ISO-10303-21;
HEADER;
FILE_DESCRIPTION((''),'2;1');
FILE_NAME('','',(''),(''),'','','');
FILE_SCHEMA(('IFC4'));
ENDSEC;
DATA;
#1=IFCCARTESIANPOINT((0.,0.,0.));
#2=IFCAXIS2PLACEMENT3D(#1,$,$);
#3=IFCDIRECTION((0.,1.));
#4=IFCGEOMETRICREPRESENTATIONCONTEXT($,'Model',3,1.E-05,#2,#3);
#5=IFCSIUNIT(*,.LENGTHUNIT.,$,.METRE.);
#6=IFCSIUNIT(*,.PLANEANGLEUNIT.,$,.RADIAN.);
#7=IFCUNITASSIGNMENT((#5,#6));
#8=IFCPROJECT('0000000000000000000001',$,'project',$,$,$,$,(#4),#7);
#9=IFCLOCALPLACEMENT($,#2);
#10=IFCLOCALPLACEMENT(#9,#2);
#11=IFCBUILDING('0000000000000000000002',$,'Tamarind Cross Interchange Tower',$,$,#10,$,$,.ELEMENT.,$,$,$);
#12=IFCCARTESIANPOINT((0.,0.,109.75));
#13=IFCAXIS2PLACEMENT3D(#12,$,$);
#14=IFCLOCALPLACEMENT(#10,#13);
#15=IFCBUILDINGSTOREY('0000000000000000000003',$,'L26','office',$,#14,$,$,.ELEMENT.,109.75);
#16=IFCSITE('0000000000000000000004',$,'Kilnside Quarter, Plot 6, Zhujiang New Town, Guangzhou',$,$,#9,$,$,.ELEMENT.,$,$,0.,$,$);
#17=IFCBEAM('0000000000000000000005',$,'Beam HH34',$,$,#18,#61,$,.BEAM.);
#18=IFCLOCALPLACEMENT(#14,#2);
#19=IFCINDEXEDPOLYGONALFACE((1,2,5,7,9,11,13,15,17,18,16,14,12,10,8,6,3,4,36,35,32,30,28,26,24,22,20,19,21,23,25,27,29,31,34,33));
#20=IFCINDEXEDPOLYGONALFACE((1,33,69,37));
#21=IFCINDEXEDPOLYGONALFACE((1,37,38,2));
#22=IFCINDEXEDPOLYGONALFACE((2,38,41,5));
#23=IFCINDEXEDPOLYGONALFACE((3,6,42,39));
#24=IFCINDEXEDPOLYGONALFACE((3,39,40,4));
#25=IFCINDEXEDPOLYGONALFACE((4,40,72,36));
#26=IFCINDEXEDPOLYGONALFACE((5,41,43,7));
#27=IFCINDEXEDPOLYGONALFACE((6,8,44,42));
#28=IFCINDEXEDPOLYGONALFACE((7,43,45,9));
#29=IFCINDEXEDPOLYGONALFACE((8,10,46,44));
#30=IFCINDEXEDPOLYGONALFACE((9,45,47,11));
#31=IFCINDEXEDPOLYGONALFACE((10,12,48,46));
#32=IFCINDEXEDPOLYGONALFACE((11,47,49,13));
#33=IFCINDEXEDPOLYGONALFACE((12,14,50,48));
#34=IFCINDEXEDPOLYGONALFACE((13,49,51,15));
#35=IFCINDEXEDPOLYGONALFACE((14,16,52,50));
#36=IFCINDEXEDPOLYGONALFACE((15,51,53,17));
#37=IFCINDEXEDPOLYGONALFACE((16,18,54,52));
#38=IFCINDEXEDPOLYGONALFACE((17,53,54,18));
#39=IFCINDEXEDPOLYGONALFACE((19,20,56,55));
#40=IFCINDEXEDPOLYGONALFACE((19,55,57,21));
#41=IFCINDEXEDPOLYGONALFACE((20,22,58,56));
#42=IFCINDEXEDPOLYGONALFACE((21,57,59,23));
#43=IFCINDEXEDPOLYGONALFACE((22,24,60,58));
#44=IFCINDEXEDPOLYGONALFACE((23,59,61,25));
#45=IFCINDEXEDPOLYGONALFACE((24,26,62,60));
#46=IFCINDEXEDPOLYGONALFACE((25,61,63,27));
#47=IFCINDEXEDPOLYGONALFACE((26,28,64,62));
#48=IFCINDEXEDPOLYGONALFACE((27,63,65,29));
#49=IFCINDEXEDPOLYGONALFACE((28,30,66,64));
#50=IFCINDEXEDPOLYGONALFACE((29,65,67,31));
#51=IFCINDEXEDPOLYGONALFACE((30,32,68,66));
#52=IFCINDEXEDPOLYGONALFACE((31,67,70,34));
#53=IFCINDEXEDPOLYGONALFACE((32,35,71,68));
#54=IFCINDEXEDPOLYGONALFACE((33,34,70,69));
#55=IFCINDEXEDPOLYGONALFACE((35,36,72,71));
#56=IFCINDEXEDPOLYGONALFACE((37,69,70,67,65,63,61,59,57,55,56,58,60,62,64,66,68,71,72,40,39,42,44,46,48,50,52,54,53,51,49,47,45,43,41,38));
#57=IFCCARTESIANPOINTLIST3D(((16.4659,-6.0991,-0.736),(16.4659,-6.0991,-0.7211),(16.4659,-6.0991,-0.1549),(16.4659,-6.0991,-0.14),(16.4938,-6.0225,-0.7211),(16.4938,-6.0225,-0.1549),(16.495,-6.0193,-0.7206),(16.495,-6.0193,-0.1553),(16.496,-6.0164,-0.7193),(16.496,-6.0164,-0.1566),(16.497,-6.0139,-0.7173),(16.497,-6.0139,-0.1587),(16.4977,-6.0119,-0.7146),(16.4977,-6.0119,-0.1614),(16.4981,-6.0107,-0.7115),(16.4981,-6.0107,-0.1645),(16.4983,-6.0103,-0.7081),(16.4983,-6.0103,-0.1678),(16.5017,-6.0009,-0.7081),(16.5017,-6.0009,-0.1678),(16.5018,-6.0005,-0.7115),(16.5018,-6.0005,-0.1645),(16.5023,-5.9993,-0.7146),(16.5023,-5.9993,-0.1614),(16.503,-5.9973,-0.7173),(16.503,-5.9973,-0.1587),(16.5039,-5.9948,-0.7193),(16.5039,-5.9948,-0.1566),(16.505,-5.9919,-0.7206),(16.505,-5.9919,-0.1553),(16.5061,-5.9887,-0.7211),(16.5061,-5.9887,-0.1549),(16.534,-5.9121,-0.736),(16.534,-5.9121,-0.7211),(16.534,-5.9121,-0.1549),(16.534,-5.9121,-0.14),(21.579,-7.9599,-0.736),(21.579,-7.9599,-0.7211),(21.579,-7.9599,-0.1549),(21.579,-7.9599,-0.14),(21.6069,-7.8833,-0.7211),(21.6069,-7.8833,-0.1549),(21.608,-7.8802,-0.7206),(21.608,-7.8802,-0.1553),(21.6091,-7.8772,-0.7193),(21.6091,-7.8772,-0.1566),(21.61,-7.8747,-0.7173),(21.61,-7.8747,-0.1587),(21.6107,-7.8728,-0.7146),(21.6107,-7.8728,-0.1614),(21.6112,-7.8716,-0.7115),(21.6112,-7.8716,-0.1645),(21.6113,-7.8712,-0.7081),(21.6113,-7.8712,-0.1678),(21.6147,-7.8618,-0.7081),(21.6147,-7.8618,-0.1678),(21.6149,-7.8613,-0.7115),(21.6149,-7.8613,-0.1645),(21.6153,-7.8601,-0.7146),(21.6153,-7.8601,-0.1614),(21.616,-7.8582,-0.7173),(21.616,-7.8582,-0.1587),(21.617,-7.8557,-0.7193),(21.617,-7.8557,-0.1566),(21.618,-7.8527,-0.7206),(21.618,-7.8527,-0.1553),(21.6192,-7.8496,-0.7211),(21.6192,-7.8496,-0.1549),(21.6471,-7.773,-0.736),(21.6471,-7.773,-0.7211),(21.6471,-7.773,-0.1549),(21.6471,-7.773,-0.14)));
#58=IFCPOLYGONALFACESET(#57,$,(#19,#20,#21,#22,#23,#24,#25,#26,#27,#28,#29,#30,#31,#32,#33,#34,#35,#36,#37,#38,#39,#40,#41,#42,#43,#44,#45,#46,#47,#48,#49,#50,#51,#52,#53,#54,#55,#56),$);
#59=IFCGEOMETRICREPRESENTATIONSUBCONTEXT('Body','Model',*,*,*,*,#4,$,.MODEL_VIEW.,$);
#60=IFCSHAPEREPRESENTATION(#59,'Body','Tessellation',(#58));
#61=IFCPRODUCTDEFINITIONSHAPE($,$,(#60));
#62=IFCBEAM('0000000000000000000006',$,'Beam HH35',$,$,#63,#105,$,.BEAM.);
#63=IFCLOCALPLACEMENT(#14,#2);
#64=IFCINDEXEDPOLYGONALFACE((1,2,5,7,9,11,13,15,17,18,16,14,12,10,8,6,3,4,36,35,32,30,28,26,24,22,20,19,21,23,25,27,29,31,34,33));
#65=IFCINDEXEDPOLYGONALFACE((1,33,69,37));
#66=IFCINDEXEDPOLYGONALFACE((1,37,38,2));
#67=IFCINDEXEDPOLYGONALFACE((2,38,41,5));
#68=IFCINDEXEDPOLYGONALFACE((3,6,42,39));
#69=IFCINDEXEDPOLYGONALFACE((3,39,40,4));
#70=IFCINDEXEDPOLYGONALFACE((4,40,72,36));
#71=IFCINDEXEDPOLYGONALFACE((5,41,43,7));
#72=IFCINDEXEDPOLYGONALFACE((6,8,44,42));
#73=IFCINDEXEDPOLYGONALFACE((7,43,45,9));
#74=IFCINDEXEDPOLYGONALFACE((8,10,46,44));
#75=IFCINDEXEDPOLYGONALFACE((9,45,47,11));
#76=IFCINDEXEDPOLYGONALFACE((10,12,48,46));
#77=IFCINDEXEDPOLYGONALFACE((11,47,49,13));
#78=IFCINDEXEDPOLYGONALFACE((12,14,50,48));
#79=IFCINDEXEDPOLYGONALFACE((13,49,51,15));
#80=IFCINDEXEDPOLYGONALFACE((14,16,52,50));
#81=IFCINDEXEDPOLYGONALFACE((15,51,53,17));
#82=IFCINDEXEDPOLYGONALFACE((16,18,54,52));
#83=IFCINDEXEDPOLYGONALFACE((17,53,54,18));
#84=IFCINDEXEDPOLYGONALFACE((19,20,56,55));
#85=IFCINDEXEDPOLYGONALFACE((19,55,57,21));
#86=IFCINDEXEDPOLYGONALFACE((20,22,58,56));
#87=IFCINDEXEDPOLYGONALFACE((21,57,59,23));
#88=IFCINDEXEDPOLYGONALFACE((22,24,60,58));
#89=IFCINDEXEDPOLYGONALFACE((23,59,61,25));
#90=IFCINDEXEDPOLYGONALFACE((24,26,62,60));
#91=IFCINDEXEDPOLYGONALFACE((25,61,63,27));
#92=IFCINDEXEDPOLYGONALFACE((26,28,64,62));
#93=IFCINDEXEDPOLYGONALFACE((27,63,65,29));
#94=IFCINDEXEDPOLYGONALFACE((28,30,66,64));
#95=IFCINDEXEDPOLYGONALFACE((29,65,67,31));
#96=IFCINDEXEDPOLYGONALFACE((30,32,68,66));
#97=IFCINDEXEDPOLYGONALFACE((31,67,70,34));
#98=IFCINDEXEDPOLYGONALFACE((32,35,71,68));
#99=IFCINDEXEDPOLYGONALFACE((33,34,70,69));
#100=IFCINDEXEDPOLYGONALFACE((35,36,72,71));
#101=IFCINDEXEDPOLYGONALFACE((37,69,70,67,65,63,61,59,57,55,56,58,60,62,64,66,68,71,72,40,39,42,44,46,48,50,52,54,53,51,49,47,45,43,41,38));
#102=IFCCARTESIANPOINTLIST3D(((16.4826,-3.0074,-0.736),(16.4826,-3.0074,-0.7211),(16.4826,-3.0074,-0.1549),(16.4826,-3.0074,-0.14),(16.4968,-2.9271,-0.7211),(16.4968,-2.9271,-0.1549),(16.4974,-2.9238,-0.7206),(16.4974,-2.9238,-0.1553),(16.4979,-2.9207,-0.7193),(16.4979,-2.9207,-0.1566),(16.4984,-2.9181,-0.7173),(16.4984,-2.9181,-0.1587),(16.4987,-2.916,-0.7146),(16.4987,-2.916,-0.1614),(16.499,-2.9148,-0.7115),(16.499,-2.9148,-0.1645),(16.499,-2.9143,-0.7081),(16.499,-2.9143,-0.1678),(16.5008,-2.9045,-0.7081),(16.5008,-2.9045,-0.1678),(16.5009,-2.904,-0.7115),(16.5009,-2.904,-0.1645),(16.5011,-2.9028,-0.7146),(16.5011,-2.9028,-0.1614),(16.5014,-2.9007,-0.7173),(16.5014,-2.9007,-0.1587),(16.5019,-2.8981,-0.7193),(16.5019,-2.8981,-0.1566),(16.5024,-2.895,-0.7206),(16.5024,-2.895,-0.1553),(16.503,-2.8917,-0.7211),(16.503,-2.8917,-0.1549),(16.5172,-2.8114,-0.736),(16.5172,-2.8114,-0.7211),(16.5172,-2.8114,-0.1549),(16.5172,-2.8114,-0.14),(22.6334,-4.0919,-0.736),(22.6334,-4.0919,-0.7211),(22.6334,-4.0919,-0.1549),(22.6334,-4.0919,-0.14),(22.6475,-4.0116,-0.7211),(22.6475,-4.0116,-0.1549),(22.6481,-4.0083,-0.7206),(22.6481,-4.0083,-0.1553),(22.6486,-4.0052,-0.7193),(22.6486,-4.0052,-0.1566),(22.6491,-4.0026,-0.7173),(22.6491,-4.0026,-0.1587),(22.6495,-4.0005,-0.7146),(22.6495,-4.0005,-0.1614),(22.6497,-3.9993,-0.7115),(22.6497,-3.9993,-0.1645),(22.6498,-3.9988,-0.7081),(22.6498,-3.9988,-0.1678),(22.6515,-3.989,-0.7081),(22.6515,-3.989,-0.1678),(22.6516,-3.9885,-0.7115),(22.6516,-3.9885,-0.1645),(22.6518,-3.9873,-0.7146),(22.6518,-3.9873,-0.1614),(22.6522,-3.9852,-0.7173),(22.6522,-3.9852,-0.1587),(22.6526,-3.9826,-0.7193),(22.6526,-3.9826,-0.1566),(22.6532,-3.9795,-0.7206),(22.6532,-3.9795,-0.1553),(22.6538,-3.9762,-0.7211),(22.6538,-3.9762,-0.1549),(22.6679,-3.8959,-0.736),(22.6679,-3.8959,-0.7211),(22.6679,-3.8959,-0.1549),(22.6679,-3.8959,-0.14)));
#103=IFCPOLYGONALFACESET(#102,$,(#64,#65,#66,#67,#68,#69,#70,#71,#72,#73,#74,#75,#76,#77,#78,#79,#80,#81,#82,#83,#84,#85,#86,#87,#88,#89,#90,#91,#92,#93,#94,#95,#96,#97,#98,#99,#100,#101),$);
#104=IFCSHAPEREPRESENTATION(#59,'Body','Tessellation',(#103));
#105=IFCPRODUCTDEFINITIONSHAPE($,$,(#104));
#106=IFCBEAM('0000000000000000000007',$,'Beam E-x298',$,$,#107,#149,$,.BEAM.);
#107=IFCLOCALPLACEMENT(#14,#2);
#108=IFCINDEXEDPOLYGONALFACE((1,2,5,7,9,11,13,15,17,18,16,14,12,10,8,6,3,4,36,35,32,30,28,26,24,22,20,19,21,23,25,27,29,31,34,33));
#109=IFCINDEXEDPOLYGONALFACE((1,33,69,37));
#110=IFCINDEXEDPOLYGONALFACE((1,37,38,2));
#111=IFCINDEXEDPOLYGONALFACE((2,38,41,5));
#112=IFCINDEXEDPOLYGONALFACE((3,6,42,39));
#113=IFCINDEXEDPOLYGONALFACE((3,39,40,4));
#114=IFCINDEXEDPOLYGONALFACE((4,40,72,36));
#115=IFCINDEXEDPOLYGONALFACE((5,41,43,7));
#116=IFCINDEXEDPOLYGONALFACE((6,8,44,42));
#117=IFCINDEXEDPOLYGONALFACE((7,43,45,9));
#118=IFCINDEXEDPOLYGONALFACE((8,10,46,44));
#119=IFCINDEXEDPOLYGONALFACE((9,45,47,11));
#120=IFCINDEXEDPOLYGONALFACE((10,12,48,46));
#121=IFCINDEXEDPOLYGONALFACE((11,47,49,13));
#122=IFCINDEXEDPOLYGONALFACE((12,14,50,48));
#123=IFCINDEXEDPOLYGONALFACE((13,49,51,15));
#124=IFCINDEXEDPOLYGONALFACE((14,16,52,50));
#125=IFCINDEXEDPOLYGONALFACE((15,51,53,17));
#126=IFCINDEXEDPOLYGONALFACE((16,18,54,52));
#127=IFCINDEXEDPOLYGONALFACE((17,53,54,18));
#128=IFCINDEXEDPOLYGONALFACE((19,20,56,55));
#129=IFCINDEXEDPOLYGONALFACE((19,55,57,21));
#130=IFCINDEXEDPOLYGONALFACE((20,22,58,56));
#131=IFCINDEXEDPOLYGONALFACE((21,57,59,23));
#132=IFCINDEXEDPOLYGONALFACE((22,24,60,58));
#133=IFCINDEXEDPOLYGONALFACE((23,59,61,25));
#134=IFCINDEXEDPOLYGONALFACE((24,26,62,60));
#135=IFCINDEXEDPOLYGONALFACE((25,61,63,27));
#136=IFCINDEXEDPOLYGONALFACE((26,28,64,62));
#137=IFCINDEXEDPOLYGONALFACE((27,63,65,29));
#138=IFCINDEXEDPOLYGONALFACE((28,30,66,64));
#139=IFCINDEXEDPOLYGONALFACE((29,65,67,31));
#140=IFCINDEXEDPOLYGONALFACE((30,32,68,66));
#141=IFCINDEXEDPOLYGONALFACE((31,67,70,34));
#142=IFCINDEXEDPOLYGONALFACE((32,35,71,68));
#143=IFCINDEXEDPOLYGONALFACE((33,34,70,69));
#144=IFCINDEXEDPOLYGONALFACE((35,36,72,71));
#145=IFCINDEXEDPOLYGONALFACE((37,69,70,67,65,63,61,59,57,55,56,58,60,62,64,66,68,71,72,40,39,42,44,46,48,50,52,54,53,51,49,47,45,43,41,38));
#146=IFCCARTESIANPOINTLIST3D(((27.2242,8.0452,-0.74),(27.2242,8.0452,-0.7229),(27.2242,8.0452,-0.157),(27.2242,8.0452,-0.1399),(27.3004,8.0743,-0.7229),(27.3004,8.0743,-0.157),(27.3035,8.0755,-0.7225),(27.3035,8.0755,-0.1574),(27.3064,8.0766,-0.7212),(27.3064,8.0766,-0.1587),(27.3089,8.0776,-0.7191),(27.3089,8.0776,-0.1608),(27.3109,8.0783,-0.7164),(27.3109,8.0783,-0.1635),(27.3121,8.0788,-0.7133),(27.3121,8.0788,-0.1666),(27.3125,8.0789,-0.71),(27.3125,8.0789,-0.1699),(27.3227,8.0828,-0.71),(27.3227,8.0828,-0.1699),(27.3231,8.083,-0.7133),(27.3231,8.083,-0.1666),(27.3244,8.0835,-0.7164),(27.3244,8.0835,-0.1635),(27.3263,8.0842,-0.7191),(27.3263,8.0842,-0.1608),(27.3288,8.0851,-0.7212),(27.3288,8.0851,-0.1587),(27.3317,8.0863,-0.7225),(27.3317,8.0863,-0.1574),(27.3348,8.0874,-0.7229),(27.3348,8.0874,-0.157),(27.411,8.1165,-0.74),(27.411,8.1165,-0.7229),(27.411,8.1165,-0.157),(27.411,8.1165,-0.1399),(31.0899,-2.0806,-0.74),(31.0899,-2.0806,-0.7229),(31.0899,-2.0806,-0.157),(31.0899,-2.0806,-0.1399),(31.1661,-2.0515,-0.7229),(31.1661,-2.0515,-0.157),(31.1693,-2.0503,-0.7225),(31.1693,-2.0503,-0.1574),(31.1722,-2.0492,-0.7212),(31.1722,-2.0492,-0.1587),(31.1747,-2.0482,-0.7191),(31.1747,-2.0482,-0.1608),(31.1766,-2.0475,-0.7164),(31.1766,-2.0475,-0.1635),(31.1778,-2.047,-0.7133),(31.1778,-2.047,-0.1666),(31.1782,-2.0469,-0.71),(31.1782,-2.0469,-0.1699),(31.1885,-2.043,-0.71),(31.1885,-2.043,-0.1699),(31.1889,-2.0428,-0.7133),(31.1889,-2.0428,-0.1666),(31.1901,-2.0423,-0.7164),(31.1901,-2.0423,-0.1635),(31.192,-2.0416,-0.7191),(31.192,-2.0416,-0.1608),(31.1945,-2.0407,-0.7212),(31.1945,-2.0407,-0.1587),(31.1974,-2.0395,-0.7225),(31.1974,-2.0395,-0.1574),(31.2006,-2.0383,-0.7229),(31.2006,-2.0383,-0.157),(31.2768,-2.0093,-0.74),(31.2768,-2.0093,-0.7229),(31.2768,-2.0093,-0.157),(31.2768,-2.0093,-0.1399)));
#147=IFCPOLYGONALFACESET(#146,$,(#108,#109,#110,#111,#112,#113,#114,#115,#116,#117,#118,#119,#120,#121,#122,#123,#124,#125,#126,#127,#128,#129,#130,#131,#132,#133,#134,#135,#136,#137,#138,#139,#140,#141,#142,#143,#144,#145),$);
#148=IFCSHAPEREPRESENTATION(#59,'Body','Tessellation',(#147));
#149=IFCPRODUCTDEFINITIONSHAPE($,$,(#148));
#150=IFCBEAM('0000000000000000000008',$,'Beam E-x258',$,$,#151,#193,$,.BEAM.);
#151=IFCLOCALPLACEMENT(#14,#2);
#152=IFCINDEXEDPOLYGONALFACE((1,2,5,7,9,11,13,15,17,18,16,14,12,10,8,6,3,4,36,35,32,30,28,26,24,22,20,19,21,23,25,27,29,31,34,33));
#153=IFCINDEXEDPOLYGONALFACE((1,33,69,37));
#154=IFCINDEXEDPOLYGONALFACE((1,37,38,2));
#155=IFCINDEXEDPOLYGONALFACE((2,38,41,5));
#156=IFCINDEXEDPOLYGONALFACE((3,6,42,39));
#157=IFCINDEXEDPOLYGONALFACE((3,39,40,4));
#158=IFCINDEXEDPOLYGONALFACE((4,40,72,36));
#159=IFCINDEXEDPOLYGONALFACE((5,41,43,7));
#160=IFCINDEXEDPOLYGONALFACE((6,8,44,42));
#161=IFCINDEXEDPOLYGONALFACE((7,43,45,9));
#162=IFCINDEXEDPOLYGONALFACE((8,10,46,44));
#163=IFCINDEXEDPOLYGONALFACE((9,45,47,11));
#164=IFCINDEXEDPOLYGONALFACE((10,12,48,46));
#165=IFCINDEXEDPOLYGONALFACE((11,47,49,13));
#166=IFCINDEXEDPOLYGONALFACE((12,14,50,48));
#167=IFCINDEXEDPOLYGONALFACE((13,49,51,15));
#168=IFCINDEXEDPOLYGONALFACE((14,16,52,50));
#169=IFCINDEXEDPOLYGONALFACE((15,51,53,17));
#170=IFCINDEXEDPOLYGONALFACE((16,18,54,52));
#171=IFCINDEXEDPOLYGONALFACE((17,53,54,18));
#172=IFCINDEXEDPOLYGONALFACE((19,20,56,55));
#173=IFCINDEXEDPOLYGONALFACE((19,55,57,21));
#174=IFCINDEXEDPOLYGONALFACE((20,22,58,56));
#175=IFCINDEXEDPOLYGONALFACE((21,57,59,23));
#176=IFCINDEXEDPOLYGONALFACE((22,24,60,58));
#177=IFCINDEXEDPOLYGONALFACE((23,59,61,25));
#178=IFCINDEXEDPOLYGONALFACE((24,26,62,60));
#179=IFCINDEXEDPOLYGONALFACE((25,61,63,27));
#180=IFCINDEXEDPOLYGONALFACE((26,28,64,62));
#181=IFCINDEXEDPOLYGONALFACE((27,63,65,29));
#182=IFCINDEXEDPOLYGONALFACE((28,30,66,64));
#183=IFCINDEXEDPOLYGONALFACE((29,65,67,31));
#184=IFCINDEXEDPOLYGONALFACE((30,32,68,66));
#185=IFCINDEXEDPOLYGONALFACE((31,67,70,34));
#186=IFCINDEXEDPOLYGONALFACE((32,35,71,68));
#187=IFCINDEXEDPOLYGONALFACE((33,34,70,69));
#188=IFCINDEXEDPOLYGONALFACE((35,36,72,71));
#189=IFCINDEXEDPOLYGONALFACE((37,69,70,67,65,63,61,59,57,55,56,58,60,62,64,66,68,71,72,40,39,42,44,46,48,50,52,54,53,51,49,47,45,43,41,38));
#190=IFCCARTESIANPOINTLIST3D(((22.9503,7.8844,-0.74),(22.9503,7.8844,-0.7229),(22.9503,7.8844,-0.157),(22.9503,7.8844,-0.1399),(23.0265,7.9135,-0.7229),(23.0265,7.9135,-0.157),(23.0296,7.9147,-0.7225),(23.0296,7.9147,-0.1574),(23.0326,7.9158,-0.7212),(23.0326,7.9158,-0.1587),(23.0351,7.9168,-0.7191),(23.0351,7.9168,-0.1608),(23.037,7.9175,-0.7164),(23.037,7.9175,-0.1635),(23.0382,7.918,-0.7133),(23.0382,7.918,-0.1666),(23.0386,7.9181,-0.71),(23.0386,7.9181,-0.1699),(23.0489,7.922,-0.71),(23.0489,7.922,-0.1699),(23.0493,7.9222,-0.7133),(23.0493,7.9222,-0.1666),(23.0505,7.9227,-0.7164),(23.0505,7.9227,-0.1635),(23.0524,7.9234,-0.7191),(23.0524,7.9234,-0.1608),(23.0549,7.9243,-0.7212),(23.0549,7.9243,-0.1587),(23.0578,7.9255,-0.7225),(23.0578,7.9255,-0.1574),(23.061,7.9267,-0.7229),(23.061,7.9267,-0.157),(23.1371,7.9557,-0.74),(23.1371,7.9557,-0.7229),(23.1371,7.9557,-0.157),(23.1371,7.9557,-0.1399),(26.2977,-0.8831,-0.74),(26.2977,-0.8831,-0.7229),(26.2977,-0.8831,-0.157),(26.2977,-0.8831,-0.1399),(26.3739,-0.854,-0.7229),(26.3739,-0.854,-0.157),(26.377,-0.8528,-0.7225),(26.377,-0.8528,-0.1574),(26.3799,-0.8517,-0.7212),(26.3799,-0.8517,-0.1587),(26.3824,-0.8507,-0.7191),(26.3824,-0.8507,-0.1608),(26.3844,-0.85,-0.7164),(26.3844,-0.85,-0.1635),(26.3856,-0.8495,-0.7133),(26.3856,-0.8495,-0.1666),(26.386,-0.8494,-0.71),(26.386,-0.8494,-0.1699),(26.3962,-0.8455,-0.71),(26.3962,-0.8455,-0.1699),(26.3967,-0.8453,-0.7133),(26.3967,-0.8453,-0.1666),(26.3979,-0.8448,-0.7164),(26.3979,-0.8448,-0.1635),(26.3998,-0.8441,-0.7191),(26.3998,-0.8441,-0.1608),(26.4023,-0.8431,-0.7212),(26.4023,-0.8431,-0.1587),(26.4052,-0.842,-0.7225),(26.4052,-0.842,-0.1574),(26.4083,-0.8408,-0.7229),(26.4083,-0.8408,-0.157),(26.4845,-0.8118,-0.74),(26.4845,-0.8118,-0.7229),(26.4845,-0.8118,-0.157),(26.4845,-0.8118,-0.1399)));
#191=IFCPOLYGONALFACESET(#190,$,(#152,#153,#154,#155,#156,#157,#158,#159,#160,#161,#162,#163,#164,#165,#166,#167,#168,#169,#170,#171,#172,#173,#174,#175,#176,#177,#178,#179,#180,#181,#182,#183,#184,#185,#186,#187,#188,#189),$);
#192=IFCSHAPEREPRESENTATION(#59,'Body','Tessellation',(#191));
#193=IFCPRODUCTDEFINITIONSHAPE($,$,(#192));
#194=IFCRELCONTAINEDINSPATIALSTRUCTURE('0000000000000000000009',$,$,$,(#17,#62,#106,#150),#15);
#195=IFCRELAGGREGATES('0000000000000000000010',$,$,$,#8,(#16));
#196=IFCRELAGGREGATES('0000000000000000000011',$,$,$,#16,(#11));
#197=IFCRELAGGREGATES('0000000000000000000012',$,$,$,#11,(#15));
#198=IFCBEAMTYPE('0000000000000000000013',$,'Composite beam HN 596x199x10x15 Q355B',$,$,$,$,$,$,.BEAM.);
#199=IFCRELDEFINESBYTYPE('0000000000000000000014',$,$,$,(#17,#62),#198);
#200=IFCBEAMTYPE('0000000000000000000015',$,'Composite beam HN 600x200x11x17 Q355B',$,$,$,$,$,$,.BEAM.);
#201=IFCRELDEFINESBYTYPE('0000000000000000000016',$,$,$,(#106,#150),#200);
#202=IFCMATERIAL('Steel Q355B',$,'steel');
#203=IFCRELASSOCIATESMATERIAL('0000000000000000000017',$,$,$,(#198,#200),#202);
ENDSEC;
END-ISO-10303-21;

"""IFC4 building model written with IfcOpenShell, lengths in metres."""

from ifc_helpers import new_model, si_unit, direction, frame, origin, origin_2d, place, context, subcontext, project, spatial, i_section, extrude, material, material_profile, profile_set, type_object, element, save


model = new_model("IFC4")

# Units and contexts
model_context = context("Model", 3, precision=1e-05, world=origin(), true_north=direction((0.0, 1.0)))
body_context = subcontext(model_context, "Body", "Model", "MODEL_VIEW")
ifc_project = project(units=[si_unit("LENGTHUNIT", "METRE"), si_unit("PLANEANGLEUNIT", "RADIAN")], contexts=[model_context])

# Site, building, storey
site_placement = place(None, origin())
site = spatial("IfcSite", under=ifc_project, at=site_placement, Name="Kilnside Quarter, Plot 6, Zhujiang New Town, Guangzhou", CompositionType="ELEMENT", RefElevation=0.0)
building_placement = place(site_placement, origin())
building = spatial("IfcBuilding", under=site, at=building_placement, Name="Tamarind Cross Interchange Tower", CompositionType="ELEMENT")
storey_placement = place(building_placement, frame((0.0, 0.0, 109.75)))
storey = spatial("IfcBuildingStorey", under=building, at=storey_placement, Name="L26", Description="office", CompositionType="ELEMENT", Elevation=109.75)

# Beams
ifc_material_1 = material(Name="Steel Q355B", Category="steel")
ifc_material_profile_1 = material_profile(ifc_material_1, i_section(OverallWidth=0.199, OverallDepth=0.5959, WebThickness=0.01, FlangeThickness=0.0149, FilletRadius=0.0129, at=origin_2d()), Name="HN 596x199x10x15")
ifc_profile_set_1 = profile_set([ifc_material_profile_1], Name="Steel Q355B")
beam_type_1 = type_object("IfcBeamType", Name="Composite beam HN 596x199x10x15 Q355B", PredefinedType="BEAM", material=ifc_profile_set_1)
beam_1_placement = place(storey_placement, frame((21.613, -7.8665, -0.438), z_axis=(-0.939702, 0.341995, 0.0), x_axis=(-0.341995, -0.939702, 0.0)))
element("IfcBeam", 1, at=beam_1_placement, inside=storey, type_object=beam_type_1, Name="Beam HH34", PredefinedType="BEAM", context=body_context, shape_type="SweptSolid", body=[
    extrude(i_section(OverallWidth=0.199, OverallDepth=0.5959, WebThickness=0.01, FlangeThickness=0.0149, FilletRadius=0.0129, at=origin_2d()), origin(), (0.0, 0.0, 1.0), 5.4412),
])
beam_2_placement = place(storey_placement, frame((22.6506, -3.9939, -0.438), z_axis=(-0.984809, 0.17364, 0.0), x_axis=(-0.17364, -0.984809, 0.0)))
element("IfcBeam", 2, at=beam_2_placement, inside=storey, type_object=beam_type_1, Name="Beam HH35", PredefinedType="BEAM", context=body_context, shape_type="SweptSolid", body=[
    extrude(i_section(OverallWidth=0.199, OverallDepth=0.5959, WebThickness=0.01, FlangeThickness=0.0149, FilletRadius=0.0129, at=origin_2d()), origin(), (0.0, 0.0, 1.0), 6.2456),
])
ifc_material_profile_2 = material_profile(ifc_material_1, i_section(OverallWidth=0.2, OverallDepth=0.6001, WebThickness=0.011, FlangeThickness=0.0171, FilletRadius=0.0129, at=origin_2d()), Name="HN 600x200x11x17")
ifc_profile_set_2 = profile_set([ifc_material_profile_2], Name="Steel Q355B")
beam_type_2 = type_object("IfcBeamType", Name="Composite beam HN 600x200x11x17 Q355B", PredefinedType="BEAM", material=ifc_profile_set_2)
beam_3_placement = place(storey_placement, frame((31.1833, -2.0449, -0.4399), z_axis=(-0.356664, 0.934233, 0.0), x_axis=(-0.934233, -0.356664, 0.0)))
element("IfcBeam", 3, at=beam_3_placement, inside=storey, type_object=beam_type_2, Name="Beam E-x298", PredefinedType="BEAM", context=body_context, shape_type="SweptSolid", body=[
    extrude(i_section(OverallWidth=0.2, OverallDepth=0.6001, WebThickness=0.011, FlangeThickness=0.0171, FilletRadius=0.0129, at=origin_2d()), origin(), (0.0, 0.0, 1.0), 10.8386),
])
beam_4_placement = place(storey_placement, frame((26.3911, -0.8474, -0.4399), z_axis=(-0.356682, 0.934226, 0.0), x_axis=(-0.934226, -0.356682, 0.0)))
element("IfcBeam", 4, at=beam_4_placement, inside=storey, type_object=beam_type_2, Name="Beam E-x258", PredefinedType="BEAM", context=body_context, shape_type="SweptSolid", body=[
    extrude(i_section(OverallWidth=0.2, OverallDepth=0.6001, WebThickness=0.011, FlangeThickness=0.0171, FilletRadius=0.0129, at=origin_2d()), origin(), (0.0, 0.0, 1.0), 9.3848),
])

save(model, "model.ifc")
